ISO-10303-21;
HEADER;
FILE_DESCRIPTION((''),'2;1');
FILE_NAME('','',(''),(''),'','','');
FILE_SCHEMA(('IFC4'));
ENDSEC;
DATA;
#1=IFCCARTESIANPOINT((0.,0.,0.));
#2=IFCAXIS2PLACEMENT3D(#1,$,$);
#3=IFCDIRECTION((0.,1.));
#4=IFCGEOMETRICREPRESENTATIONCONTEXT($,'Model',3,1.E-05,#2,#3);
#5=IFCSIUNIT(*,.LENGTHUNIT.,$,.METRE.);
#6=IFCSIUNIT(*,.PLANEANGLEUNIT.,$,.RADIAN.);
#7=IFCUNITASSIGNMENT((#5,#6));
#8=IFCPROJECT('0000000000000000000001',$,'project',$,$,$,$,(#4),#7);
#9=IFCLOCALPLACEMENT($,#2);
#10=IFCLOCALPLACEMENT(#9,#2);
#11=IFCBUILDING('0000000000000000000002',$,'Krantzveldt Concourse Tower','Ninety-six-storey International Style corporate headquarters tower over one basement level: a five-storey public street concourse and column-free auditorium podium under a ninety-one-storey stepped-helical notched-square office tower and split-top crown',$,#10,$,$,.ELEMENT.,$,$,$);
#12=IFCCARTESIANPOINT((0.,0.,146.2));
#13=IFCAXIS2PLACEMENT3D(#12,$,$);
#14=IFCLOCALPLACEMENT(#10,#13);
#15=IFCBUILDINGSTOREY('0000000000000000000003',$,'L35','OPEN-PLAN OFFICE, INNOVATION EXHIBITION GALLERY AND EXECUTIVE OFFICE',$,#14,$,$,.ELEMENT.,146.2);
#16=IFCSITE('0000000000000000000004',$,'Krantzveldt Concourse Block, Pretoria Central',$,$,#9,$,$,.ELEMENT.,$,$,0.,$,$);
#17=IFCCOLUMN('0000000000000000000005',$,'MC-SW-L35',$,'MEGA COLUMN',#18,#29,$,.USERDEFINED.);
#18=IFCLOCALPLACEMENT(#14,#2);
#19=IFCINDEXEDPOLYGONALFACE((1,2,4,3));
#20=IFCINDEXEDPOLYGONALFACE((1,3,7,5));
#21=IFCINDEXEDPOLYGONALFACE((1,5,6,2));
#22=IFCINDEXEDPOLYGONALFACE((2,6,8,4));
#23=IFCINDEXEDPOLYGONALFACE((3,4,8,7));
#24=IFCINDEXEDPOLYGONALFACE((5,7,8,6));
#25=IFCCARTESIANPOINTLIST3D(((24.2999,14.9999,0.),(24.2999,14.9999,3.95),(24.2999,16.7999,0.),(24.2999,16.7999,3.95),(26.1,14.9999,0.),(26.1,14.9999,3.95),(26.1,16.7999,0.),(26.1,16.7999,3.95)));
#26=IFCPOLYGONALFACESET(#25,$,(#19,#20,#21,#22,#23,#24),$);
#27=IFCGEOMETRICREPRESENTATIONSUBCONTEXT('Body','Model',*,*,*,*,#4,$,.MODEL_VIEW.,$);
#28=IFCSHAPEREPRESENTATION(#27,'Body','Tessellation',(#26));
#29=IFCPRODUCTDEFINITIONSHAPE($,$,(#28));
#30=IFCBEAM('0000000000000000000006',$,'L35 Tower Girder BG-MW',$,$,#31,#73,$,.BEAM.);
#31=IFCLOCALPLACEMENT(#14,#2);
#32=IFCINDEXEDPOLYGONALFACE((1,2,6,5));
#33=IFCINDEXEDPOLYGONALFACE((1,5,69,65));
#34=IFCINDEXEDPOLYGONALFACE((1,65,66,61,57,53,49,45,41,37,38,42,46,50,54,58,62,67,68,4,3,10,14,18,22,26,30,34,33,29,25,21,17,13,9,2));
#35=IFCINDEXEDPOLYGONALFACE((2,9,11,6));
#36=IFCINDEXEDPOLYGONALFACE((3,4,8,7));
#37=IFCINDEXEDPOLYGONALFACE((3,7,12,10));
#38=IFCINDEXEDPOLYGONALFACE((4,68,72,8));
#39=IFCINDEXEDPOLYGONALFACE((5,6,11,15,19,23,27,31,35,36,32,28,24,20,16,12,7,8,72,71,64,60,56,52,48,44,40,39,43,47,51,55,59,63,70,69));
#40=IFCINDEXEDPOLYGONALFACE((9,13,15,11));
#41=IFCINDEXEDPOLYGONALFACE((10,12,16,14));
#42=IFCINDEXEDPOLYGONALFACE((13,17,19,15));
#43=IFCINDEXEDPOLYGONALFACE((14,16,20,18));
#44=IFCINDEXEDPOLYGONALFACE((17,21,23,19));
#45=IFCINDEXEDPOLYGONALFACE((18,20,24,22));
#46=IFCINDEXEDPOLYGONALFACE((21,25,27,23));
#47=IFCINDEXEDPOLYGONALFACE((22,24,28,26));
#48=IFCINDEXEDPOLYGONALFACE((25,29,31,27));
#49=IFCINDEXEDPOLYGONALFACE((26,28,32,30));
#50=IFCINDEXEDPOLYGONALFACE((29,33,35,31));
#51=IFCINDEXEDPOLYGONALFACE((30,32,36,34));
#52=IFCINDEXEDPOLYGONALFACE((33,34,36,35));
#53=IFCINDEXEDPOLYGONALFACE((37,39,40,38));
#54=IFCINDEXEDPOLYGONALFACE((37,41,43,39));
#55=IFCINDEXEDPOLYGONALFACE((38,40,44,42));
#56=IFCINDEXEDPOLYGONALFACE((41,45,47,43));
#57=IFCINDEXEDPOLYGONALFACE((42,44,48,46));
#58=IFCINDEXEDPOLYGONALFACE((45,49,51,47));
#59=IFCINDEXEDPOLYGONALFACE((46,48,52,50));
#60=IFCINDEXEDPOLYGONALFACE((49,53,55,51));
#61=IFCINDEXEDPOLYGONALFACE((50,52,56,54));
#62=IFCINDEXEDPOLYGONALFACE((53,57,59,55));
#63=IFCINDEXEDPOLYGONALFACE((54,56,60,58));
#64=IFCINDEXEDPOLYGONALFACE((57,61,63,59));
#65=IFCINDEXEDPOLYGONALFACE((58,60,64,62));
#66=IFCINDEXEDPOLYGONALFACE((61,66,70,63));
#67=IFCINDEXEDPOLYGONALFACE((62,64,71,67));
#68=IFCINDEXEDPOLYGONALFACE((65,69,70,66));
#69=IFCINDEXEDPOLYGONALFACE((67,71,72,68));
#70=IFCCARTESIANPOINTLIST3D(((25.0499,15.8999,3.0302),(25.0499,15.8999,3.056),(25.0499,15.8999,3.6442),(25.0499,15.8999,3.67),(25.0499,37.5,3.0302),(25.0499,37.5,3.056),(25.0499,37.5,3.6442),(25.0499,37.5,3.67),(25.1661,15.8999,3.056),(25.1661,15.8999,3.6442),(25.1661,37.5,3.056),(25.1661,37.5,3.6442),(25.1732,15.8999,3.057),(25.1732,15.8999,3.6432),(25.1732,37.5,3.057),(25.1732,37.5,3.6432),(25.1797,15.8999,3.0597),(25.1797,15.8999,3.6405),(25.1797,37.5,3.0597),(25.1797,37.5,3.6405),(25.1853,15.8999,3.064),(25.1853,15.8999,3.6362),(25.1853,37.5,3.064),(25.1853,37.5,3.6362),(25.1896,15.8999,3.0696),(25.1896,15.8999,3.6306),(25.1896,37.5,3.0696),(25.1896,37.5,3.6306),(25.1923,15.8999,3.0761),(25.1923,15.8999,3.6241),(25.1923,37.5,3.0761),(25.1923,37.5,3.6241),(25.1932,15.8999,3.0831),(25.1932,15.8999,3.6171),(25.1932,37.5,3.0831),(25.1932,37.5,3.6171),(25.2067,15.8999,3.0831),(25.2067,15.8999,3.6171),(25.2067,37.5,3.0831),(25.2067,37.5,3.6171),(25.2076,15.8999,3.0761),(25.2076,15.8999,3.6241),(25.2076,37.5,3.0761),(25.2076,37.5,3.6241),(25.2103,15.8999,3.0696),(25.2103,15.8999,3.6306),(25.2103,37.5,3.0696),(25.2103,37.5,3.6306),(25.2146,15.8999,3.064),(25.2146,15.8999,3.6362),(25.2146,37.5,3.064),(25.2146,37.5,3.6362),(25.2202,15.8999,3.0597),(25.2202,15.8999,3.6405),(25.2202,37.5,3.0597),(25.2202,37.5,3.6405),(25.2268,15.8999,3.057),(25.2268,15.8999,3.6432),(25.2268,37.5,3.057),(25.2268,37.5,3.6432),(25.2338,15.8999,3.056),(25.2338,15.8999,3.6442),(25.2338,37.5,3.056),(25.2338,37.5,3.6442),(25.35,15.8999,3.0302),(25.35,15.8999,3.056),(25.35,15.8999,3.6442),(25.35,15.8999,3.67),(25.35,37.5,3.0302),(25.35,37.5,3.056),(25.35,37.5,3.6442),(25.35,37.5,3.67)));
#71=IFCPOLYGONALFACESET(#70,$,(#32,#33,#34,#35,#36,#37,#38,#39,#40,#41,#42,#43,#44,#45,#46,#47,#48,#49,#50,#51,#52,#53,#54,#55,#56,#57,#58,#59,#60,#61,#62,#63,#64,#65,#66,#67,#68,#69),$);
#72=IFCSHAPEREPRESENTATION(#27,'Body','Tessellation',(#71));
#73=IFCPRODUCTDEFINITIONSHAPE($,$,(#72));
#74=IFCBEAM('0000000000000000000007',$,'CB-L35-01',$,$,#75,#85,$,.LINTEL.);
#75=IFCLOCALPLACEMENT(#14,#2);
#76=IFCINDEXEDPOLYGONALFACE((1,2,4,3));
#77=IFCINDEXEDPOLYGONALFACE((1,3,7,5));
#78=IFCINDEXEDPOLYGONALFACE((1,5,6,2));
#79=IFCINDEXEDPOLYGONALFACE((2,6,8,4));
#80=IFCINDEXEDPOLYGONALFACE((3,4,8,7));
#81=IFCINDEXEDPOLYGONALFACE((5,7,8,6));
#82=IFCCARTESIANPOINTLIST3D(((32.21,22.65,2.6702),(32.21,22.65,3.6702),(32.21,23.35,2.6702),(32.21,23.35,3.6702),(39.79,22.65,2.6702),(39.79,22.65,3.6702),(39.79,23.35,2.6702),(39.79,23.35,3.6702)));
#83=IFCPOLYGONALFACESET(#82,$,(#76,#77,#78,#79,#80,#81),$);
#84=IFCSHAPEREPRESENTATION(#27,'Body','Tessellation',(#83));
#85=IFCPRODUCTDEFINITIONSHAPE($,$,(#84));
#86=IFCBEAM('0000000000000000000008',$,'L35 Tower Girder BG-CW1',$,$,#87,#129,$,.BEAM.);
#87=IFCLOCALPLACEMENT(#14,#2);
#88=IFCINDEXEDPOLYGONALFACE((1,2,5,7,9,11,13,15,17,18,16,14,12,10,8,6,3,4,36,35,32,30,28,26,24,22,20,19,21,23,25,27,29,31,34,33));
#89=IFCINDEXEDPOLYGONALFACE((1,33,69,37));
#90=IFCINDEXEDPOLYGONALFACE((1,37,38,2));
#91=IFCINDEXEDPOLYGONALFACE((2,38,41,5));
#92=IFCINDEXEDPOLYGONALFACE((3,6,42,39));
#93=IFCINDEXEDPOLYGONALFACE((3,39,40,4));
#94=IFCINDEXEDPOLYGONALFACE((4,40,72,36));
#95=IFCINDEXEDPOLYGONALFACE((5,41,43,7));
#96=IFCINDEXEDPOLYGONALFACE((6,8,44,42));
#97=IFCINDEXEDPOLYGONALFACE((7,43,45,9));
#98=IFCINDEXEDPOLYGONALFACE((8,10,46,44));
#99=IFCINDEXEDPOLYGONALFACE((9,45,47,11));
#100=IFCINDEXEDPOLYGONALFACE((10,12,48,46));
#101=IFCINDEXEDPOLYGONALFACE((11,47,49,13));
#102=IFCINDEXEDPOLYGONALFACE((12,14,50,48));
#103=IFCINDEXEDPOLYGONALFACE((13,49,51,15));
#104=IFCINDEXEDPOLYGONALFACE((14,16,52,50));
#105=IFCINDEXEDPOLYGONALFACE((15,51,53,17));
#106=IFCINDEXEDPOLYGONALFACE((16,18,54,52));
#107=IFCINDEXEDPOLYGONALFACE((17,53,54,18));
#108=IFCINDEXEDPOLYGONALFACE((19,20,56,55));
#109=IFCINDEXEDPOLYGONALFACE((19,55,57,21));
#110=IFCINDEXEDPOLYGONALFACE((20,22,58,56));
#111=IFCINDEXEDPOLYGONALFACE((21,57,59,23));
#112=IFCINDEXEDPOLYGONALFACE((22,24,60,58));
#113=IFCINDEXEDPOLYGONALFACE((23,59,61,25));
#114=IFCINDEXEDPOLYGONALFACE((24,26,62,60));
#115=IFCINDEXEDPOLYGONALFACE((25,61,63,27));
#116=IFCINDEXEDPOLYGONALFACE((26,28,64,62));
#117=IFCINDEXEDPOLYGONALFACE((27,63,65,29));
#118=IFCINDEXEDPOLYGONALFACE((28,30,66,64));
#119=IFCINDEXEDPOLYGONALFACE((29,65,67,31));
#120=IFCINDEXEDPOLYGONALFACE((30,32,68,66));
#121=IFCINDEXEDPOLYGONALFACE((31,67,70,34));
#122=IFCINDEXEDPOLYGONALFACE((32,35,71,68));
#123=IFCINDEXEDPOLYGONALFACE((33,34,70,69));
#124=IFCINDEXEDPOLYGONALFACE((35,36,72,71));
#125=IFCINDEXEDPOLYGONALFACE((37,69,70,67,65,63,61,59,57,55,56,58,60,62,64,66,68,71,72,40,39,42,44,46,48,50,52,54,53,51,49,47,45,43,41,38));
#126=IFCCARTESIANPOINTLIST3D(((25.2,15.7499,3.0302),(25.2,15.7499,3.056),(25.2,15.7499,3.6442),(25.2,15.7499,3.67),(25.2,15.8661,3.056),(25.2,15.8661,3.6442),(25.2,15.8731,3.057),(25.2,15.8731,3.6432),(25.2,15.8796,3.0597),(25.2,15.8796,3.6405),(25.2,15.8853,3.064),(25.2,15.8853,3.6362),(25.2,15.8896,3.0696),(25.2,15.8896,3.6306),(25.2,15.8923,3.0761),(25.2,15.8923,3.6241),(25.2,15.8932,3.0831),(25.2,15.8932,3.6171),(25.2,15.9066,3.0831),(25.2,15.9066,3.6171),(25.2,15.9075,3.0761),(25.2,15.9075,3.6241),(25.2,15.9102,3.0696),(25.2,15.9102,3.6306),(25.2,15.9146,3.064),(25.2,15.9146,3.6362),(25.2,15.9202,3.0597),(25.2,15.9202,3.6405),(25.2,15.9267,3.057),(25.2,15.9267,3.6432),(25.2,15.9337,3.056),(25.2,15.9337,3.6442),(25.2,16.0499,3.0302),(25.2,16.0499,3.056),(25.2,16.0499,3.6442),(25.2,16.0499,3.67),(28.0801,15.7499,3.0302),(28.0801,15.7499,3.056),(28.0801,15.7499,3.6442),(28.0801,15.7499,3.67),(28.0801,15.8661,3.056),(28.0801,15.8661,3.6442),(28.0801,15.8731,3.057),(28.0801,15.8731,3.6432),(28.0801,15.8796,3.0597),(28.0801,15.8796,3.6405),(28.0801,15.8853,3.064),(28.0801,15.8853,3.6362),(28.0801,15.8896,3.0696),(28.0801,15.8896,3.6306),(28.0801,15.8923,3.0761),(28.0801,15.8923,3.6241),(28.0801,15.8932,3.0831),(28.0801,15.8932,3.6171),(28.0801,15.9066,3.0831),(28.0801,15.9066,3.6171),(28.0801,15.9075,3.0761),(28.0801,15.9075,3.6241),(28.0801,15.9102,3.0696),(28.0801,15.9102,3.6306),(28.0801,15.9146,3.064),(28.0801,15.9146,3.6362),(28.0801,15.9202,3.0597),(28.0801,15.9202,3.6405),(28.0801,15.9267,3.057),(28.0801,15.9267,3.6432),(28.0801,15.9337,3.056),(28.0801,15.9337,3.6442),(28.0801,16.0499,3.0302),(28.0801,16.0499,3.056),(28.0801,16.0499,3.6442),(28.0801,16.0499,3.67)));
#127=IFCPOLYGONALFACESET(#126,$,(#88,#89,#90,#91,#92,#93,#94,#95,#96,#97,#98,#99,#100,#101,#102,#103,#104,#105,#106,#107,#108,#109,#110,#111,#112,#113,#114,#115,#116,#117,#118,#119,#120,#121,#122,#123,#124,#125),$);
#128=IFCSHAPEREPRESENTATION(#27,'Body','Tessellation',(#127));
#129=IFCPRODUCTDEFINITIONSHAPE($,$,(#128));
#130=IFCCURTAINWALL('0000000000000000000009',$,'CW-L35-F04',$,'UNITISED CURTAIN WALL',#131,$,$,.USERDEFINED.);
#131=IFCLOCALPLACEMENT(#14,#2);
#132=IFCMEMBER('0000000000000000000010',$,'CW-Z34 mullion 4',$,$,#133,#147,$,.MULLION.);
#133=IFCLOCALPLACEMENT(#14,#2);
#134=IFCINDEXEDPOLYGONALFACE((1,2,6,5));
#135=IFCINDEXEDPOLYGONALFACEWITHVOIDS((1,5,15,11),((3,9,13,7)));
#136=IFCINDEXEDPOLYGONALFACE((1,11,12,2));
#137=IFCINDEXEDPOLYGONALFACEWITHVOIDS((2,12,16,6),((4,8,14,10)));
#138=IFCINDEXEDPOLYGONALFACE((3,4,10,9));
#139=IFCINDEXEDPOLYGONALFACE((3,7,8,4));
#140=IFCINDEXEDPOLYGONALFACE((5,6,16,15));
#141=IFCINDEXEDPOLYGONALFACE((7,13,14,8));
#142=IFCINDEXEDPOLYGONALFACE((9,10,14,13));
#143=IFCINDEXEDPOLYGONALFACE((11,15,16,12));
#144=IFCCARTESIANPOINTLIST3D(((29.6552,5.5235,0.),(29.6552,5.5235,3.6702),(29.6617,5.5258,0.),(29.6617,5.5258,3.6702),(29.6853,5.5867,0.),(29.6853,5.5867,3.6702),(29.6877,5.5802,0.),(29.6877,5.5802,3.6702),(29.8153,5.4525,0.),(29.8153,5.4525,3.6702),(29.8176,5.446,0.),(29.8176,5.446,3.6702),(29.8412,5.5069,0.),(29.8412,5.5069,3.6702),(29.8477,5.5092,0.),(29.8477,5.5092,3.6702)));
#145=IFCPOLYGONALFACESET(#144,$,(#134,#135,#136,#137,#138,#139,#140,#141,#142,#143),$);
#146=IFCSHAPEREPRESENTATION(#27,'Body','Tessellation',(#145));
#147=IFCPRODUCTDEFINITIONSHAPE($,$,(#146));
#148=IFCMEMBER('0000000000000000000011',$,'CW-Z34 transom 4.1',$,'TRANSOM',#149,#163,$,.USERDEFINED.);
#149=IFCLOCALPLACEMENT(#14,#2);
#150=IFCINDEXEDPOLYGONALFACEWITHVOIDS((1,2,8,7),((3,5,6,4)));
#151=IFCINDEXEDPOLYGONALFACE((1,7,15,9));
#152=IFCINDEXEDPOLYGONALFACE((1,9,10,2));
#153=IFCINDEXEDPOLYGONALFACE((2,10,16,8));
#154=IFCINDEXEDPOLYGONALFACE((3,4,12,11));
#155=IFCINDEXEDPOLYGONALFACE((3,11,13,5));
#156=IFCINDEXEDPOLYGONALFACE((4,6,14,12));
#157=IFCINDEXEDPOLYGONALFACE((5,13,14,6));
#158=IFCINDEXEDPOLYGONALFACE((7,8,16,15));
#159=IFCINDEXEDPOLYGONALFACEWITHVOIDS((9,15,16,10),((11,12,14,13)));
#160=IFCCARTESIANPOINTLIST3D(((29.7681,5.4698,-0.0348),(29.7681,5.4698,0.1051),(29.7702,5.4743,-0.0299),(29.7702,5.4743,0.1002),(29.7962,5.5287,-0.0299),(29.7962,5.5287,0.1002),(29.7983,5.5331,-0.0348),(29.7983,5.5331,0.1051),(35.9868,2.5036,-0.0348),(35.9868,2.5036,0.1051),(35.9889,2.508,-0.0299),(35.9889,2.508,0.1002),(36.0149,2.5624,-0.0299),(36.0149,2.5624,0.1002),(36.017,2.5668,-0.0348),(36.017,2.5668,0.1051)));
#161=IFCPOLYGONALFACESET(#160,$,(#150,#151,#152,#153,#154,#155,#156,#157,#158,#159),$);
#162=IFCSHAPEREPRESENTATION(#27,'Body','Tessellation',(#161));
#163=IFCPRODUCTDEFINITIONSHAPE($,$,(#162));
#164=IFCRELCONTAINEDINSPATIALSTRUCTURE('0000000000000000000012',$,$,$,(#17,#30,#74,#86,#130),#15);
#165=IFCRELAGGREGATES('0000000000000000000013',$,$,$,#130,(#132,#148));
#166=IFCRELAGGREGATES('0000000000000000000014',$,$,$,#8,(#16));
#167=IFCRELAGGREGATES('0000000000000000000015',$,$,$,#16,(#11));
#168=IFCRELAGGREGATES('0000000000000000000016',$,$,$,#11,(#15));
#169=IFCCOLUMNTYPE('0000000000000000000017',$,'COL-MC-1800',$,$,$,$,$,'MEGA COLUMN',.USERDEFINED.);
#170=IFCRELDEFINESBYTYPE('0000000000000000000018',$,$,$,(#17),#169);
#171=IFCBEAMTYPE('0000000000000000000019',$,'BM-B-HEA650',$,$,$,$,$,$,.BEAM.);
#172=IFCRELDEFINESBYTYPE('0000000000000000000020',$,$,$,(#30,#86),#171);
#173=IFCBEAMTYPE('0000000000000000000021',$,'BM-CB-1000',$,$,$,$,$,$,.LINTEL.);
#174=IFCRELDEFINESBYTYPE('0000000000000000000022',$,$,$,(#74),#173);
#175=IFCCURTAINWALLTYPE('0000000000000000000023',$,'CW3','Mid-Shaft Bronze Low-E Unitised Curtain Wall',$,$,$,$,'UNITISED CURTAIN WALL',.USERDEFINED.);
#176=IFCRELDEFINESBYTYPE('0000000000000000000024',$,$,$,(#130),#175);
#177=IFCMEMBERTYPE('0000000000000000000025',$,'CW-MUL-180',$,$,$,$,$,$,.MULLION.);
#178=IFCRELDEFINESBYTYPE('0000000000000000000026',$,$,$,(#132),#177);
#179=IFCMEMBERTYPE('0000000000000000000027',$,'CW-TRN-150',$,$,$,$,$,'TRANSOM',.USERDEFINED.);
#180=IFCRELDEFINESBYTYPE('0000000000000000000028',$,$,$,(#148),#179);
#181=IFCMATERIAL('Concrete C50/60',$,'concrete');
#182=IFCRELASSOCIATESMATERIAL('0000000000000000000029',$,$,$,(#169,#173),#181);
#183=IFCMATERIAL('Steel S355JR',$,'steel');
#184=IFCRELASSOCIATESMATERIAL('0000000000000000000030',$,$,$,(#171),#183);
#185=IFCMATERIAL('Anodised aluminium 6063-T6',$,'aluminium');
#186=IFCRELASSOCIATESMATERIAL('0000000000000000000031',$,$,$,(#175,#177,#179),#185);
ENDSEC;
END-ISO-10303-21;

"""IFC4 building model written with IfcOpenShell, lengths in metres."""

from ifc_helpers import new_model, si_unit, direction, frame, origin, origin_2d, place, context, subcontext, project, spatial, rectangle, hollow_rectangle, i_section, extrude, source, transform, mapped, material, material_profile, profile_set, type_object, type_shapes, element, aggregate, save


model = new_model("IFC4")

# Units and contexts
model_context = context("Model", 3, precision=1e-05, world=origin(), true_north=direction((0.0, 1.0)))
body_context = subcontext(model_context, "Body", "Model", "MODEL_VIEW")
ifc_project = project(units=[si_unit("LENGTHUNIT", "METRE"), si_unit("PLANEANGLEUNIT", "RADIAN")], contexts=[model_context])

# Site, building, storey
site_placement = place(None, origin())
site = spatial("IfcSite", under=ifc_project, at=site_placement, Name="Krantzveldt Concourse Block, Pretoria Central", CompositionType="ELEMENT", RefElevation=0.0)
building_placement = place(site_placement, origin())
building = spatial("IfcBuilding", under=site, at=building_placement, Name="Krantzveldt Concourse Tower", Description="Ninety-six-storey International Style corporate headquarters tower over one basement level: a five-storey public street concourse and column-free auditorium podium under a ninety-one-storey stepped-helical notched-square office tower and split-top crown", CompositionType="ELEMENT")
storey_placement = place(building_placement, frame((0.0, 0.0, 146.2)))
storey = spatial("IfcBuildingStorey", under=building, at=storey_placement, Name="L35", Description="OPEN-PLAN OFFICE, INNOVATION EXHIBITION GALLERY AND EXECUTIVE OFFICE", CompositionType="ELEMENT", Elevation=146.2)

# Column
ifc_material_1 = material(Name="Concrete C50/60", Category="concrete")
ifc_material_profile_1 = material_profile(ifc_material_1, rectangle(XDim=1.8, YDim=1.8, at=origin_2d()), Name="Concrete C50/60", Category="concrete")
ifc_profile_set_1 = profile_set([ifc_material_profile_1], Name="Concrete C50/60 - RC 1800x1800")
column_type = type_object("IfcColumnType", Name="COL-MC-1800", ElementType="MEGA COLUMN", PredefinedType="USERDEFINED", material=ifc_profile_set_1)
shared_shape_1 = source(origin(), body_context, "Body", "SweptSolid", [
    extrude(rectangle(XDim=1.8, YDim=1.8, at=origin_2d()), origin(), (0.0, 0.0, 1.0), 3.95),
])
type_shapes(column_type, [shared_shape_1])
column_placement = place(storey_placement, frame((25.2, 15.8999, 0.0), z_axis=(0.0, 0.0, 1.0), x_axis=(1.0, 0.0, 0.0)))
element("IfcColumn", 1, at=column_placement, inside=storey, type_object=column_type, Name="MC-SW-L35", ObjectType="MEGA COLUMN", PredefinedType="USERDEFINED", context=body_context, shape_type="MappedRepresentation", body=[
    mapped(shared_shape_1, transform((0.0, 0.0, 0.0), x_axis=(1.0, 0.0, 0.0), y_axis=(0.0, 1.0, 0.0), z_axis=(0.0, 0.0, 1.0), scale=1.0)),
])

# Beams
ifc_material_2 = material(Name="Steel S355JR", Category="steel")
ifc_material_profile_2 = material_profile(ifc_material_2, i_section(OverallWidth=0.3, OverallDepth=0.6399, WebThickness=0.0134, FlangeThickness=0.0259, FilletRadius=0.0271, at=origin_2d()), Name="Steel S355JR", Category="steel")
ifc_profile_set_2 = profile_set([ifc_material_profile_2], Name="Steel S355JR - HEA 650")
beam_type_1 = type_object("IfcBeamType", Name="BM-B-HEA650", PredefinedType="BEAM", material=ifc_profile_set_2)
shared_shape_2 = source(origin(), body_context, "Body", "SweptSolid", [
    extrude(i_section(OverallWidth=0.3, OverallDepth=0.6399, WebThickness=0.0134, FlangeThickness=0.0259, FilletRadius=0.0271, at=origin_2d()), origin(), (0.0, 0.0, 1.0), 21.6001),
])
beam_1_placement = place(storey_placement, frame((25.2, 15.8999, 3.3501), z_axis=(0.0, 1.0, 0.0), x_axis=(-1.0, 0.0, 0.0)))
element("IfcBeam", 2, at=beam_1_placement, inside=storey, type_object=beam_type_1, Name="L35 Tower Girder BG-MW", PredefinedType="BEAM", context=body_context, shape_type="MappedRepresentation", body=[
    mapped(shared_shape_2, transform((0.0, 0.0, 0.0), x_axis=(1.0, 0.0, 0.0), y_axis=(0.0, 1.0, 0.0), z_axis=(0.0, 0.0, 1.0), scale=1.0)),
])
ifc_material_profile_3 = material_profile(ifc_material_1, rectangle(XDim=0.7, YDim=1.0, at=origin_2d()), Name="Concrete C50/60", Category="concrete")
ifc_profile_set_3 = profile_set([ifc_material_profile_3], Name="Concrete C50/60 - RC-CB 700x1000")
beam_type_2 = type_object("IfcBeamType", Name="BM-CB-1000", PredefinedType="LINTEL", material=ifc_profile_set_3)
shared_shape_3 = source(origin(), body_context, "Body", "SweptSolid", [
    extrude(rectangle(XDim=0.7, YDim=1.0, at=origin_2d()), origin(), (0.0, 0.0, 1.0), 7.5801),
])
type_shapes(beam_type_2, [shared_shape_3])
beam_2_placement = place(storey_placement, frame((32.21, 23.0, 3.1702), z_axis=(1.0, 0.0, 0.0), x_axis=(0.0, 1.0, 0.0)))
element("IfcBeam", 3, at=beam_2_placement, inside=storey, type_object=beam_type_2, Name="CB-L35-01", PredefinedType="LINTEL", context=body_context, shape_type="MappedRepresentation", body=[
    mapped(shared_shape_3, transform((0.0, 0.0, 0.0), x_axis=(1.0, 0.0, 0.0), y_axis=(0.0, 1.0, 0.0), z_axis=(0.0, 0.0, 1.0), scale=1.0)),
])
shared_shape_4 = source(origin(), body_context, "Body", "SweptSolid", [
    extrude(i_section(OverallWidth=0.3, OverallDepth=0.6399, WebThickness=0.0134, FlangeThickness=0.0259, FilletRadius=0.0271, at=origin_2d()), origin(), (0.0, 0.0, 1.0), 2.8801),
])
type_shapes(beam_type_1, [shared_shape_2, shared_shape_4])
beam_3_placement = place(storey_placement, frame((25.2, 15.8999, 3.3501), z_axis=(1.0, 0.0, 0.0), x_axis=(0.0, 1.0, 0.0)))
element("IfcBeam", 4, at=beam_3_placement, inside=storey, type_object=beam_type_1, Name="L35 Tower Girder BG-CW1", PredefinedType="BEAM", context=body_context, shape_type="MappedRepresentation", body=[
    mapped(shared_shape_4, transform((0.0, 0.0, 0.0), x_axis=(1.0, 0.0, 0.0), y_axis=(0.0, 1.0, 0.0), z_axis=(0.0, 0.0, 1.0), scale=1.0)),
])

# Curtain wall, members
ifc_material_3 = material(Name="Anodised aluminium 6063-T6", Category="aluminium")
curtain_wall_type = type_object("IfcCurtainWallType", Name="CW3", Description="Mid-Shaft Bronze Low-E Unitised Curtain Wall", ElementType="UNITISED CURTAIN WALL", PredefinedType="USERDEFINED", material=ifc_material_3)
curtain_wall_placement = place(storey_placement, origin())
curtain_wall = element("IfcCurtainWall", 5, at=curtain_wall_placement, inside=storey, type_object=curtain_wall_type, Name="CW-L35-F04", ObjectType="UNITISED CURTAIN WALL", PredefinedType="USERDEFINED")
ifc_material_profile_4 = material_profile(ifc_material_3, hollow_rectangle(XDim=0.0701, YDim=0.1799, WallThickness=0.0049, at=origin_2d()), Name="Anodised aluminium 6063-T6", Category="aluminium")
ifc_profile_set_4 = profile_set([ifc_material_profile_4], Name="Anodised aluminium 6063-T6 - ALU-MULL 180x70x5")
member_type_1 = type_object("IfcMemberType", Name="CW-MUL-180", PredefinedType="MULLION", material=ifc_profile_set_4)
shared_shape_5 = source(origin(), body_context, "Body", "SweptSolid", [
    extrude(hollow_rectangle(XDim=0.0701, YDim=0.1799, WallThickness=0.0049, at=origin_2d()), origin(), (0.0, 0.0, 1.0), 3.6702),
])
type_shapes(member_type_1, [shared_shape_5])
member_1_placement = place(storey_placement, frame((29.7515, 5.5164, 0.0), z_axis=(0.0, 0.0, 1.0), x_axis=(0.430511, 0.902585, 0.0)))
member_1 = element("IfcMember", 6, at=member_1_placement, type_object=member_type_1, Name="CW-Z34 mullion 4", PredefinedType="MULLION", context=body_context, shape_type="MappedRepresentation", body=[
    mapped(shared_shape_5, transform((0.0, 0.0, 0.0), x_axis=(1.0, 0.0, 0.0), y_axis=(0.0, 1.0, 0.0), z_axis=(0.0, 0.0, 1.0), scale=1.0)),
])
ifc_material_profile_5 = material_profile(ifc_material_3, hollow_rectangle(XDim=0.0701, YDim=0.1399, WallThickness=0.0049, at=origin_2d()), Name="Anodised aluminium 6063-T6", Category="aluminium")
ifc_profile_set_5 = profile_set([ifc_material_profile_5], Name="Anodised aluminium 6063-T6 - ALU-TRAN 140x70x5")
member_type_2 = type_object("IfcMemberType", Name="CW-TRN-150", ElementType="TRANSOM", PredefinedType="USERDEFINED", material=ifc_profile_set_5)
shared_shape_6 = source(origin(), body_context, "Body", "SweptSolid", [
    extrude(hollow_rectangle(XDim=0.0701, YDim=0.1399, WallThickness=0.0049, at=origin_2d()), origin(), (0.0, 0.0, 1.0), 6.8899),
])
type_shapes(member_type_2, [shared_shape_6])
member_2_placement = place(storey_placement, frame((29.7832, 5.5015, 0.0352), z_axis=(0.902579, -0.430525, 0.0), x_axis=(0.430525, 0.902579, 0.0)))
member_2 = element("IfcMember", 7, at=member_2_placement, type_object=member_type_2, Name="CW-Z34 transom 4.1", ObjectType="TRANSOM", PredefinedType="USERDEFINED", context=body_context, shape_type="MappedRepresentation", body=[
    mapped(shared_shape_6, transform((0.0, 0.0, 0.0), x_axis=(1.0, 0.0, 0.0), y_axis=(0.0, 1.0, 0.0), z_axis=(0.0, 0.0, 1.0), scale=1.0)),
])
aggregate(curtain_wall, [member_1, member_2])

save(model, "model.ifc")
